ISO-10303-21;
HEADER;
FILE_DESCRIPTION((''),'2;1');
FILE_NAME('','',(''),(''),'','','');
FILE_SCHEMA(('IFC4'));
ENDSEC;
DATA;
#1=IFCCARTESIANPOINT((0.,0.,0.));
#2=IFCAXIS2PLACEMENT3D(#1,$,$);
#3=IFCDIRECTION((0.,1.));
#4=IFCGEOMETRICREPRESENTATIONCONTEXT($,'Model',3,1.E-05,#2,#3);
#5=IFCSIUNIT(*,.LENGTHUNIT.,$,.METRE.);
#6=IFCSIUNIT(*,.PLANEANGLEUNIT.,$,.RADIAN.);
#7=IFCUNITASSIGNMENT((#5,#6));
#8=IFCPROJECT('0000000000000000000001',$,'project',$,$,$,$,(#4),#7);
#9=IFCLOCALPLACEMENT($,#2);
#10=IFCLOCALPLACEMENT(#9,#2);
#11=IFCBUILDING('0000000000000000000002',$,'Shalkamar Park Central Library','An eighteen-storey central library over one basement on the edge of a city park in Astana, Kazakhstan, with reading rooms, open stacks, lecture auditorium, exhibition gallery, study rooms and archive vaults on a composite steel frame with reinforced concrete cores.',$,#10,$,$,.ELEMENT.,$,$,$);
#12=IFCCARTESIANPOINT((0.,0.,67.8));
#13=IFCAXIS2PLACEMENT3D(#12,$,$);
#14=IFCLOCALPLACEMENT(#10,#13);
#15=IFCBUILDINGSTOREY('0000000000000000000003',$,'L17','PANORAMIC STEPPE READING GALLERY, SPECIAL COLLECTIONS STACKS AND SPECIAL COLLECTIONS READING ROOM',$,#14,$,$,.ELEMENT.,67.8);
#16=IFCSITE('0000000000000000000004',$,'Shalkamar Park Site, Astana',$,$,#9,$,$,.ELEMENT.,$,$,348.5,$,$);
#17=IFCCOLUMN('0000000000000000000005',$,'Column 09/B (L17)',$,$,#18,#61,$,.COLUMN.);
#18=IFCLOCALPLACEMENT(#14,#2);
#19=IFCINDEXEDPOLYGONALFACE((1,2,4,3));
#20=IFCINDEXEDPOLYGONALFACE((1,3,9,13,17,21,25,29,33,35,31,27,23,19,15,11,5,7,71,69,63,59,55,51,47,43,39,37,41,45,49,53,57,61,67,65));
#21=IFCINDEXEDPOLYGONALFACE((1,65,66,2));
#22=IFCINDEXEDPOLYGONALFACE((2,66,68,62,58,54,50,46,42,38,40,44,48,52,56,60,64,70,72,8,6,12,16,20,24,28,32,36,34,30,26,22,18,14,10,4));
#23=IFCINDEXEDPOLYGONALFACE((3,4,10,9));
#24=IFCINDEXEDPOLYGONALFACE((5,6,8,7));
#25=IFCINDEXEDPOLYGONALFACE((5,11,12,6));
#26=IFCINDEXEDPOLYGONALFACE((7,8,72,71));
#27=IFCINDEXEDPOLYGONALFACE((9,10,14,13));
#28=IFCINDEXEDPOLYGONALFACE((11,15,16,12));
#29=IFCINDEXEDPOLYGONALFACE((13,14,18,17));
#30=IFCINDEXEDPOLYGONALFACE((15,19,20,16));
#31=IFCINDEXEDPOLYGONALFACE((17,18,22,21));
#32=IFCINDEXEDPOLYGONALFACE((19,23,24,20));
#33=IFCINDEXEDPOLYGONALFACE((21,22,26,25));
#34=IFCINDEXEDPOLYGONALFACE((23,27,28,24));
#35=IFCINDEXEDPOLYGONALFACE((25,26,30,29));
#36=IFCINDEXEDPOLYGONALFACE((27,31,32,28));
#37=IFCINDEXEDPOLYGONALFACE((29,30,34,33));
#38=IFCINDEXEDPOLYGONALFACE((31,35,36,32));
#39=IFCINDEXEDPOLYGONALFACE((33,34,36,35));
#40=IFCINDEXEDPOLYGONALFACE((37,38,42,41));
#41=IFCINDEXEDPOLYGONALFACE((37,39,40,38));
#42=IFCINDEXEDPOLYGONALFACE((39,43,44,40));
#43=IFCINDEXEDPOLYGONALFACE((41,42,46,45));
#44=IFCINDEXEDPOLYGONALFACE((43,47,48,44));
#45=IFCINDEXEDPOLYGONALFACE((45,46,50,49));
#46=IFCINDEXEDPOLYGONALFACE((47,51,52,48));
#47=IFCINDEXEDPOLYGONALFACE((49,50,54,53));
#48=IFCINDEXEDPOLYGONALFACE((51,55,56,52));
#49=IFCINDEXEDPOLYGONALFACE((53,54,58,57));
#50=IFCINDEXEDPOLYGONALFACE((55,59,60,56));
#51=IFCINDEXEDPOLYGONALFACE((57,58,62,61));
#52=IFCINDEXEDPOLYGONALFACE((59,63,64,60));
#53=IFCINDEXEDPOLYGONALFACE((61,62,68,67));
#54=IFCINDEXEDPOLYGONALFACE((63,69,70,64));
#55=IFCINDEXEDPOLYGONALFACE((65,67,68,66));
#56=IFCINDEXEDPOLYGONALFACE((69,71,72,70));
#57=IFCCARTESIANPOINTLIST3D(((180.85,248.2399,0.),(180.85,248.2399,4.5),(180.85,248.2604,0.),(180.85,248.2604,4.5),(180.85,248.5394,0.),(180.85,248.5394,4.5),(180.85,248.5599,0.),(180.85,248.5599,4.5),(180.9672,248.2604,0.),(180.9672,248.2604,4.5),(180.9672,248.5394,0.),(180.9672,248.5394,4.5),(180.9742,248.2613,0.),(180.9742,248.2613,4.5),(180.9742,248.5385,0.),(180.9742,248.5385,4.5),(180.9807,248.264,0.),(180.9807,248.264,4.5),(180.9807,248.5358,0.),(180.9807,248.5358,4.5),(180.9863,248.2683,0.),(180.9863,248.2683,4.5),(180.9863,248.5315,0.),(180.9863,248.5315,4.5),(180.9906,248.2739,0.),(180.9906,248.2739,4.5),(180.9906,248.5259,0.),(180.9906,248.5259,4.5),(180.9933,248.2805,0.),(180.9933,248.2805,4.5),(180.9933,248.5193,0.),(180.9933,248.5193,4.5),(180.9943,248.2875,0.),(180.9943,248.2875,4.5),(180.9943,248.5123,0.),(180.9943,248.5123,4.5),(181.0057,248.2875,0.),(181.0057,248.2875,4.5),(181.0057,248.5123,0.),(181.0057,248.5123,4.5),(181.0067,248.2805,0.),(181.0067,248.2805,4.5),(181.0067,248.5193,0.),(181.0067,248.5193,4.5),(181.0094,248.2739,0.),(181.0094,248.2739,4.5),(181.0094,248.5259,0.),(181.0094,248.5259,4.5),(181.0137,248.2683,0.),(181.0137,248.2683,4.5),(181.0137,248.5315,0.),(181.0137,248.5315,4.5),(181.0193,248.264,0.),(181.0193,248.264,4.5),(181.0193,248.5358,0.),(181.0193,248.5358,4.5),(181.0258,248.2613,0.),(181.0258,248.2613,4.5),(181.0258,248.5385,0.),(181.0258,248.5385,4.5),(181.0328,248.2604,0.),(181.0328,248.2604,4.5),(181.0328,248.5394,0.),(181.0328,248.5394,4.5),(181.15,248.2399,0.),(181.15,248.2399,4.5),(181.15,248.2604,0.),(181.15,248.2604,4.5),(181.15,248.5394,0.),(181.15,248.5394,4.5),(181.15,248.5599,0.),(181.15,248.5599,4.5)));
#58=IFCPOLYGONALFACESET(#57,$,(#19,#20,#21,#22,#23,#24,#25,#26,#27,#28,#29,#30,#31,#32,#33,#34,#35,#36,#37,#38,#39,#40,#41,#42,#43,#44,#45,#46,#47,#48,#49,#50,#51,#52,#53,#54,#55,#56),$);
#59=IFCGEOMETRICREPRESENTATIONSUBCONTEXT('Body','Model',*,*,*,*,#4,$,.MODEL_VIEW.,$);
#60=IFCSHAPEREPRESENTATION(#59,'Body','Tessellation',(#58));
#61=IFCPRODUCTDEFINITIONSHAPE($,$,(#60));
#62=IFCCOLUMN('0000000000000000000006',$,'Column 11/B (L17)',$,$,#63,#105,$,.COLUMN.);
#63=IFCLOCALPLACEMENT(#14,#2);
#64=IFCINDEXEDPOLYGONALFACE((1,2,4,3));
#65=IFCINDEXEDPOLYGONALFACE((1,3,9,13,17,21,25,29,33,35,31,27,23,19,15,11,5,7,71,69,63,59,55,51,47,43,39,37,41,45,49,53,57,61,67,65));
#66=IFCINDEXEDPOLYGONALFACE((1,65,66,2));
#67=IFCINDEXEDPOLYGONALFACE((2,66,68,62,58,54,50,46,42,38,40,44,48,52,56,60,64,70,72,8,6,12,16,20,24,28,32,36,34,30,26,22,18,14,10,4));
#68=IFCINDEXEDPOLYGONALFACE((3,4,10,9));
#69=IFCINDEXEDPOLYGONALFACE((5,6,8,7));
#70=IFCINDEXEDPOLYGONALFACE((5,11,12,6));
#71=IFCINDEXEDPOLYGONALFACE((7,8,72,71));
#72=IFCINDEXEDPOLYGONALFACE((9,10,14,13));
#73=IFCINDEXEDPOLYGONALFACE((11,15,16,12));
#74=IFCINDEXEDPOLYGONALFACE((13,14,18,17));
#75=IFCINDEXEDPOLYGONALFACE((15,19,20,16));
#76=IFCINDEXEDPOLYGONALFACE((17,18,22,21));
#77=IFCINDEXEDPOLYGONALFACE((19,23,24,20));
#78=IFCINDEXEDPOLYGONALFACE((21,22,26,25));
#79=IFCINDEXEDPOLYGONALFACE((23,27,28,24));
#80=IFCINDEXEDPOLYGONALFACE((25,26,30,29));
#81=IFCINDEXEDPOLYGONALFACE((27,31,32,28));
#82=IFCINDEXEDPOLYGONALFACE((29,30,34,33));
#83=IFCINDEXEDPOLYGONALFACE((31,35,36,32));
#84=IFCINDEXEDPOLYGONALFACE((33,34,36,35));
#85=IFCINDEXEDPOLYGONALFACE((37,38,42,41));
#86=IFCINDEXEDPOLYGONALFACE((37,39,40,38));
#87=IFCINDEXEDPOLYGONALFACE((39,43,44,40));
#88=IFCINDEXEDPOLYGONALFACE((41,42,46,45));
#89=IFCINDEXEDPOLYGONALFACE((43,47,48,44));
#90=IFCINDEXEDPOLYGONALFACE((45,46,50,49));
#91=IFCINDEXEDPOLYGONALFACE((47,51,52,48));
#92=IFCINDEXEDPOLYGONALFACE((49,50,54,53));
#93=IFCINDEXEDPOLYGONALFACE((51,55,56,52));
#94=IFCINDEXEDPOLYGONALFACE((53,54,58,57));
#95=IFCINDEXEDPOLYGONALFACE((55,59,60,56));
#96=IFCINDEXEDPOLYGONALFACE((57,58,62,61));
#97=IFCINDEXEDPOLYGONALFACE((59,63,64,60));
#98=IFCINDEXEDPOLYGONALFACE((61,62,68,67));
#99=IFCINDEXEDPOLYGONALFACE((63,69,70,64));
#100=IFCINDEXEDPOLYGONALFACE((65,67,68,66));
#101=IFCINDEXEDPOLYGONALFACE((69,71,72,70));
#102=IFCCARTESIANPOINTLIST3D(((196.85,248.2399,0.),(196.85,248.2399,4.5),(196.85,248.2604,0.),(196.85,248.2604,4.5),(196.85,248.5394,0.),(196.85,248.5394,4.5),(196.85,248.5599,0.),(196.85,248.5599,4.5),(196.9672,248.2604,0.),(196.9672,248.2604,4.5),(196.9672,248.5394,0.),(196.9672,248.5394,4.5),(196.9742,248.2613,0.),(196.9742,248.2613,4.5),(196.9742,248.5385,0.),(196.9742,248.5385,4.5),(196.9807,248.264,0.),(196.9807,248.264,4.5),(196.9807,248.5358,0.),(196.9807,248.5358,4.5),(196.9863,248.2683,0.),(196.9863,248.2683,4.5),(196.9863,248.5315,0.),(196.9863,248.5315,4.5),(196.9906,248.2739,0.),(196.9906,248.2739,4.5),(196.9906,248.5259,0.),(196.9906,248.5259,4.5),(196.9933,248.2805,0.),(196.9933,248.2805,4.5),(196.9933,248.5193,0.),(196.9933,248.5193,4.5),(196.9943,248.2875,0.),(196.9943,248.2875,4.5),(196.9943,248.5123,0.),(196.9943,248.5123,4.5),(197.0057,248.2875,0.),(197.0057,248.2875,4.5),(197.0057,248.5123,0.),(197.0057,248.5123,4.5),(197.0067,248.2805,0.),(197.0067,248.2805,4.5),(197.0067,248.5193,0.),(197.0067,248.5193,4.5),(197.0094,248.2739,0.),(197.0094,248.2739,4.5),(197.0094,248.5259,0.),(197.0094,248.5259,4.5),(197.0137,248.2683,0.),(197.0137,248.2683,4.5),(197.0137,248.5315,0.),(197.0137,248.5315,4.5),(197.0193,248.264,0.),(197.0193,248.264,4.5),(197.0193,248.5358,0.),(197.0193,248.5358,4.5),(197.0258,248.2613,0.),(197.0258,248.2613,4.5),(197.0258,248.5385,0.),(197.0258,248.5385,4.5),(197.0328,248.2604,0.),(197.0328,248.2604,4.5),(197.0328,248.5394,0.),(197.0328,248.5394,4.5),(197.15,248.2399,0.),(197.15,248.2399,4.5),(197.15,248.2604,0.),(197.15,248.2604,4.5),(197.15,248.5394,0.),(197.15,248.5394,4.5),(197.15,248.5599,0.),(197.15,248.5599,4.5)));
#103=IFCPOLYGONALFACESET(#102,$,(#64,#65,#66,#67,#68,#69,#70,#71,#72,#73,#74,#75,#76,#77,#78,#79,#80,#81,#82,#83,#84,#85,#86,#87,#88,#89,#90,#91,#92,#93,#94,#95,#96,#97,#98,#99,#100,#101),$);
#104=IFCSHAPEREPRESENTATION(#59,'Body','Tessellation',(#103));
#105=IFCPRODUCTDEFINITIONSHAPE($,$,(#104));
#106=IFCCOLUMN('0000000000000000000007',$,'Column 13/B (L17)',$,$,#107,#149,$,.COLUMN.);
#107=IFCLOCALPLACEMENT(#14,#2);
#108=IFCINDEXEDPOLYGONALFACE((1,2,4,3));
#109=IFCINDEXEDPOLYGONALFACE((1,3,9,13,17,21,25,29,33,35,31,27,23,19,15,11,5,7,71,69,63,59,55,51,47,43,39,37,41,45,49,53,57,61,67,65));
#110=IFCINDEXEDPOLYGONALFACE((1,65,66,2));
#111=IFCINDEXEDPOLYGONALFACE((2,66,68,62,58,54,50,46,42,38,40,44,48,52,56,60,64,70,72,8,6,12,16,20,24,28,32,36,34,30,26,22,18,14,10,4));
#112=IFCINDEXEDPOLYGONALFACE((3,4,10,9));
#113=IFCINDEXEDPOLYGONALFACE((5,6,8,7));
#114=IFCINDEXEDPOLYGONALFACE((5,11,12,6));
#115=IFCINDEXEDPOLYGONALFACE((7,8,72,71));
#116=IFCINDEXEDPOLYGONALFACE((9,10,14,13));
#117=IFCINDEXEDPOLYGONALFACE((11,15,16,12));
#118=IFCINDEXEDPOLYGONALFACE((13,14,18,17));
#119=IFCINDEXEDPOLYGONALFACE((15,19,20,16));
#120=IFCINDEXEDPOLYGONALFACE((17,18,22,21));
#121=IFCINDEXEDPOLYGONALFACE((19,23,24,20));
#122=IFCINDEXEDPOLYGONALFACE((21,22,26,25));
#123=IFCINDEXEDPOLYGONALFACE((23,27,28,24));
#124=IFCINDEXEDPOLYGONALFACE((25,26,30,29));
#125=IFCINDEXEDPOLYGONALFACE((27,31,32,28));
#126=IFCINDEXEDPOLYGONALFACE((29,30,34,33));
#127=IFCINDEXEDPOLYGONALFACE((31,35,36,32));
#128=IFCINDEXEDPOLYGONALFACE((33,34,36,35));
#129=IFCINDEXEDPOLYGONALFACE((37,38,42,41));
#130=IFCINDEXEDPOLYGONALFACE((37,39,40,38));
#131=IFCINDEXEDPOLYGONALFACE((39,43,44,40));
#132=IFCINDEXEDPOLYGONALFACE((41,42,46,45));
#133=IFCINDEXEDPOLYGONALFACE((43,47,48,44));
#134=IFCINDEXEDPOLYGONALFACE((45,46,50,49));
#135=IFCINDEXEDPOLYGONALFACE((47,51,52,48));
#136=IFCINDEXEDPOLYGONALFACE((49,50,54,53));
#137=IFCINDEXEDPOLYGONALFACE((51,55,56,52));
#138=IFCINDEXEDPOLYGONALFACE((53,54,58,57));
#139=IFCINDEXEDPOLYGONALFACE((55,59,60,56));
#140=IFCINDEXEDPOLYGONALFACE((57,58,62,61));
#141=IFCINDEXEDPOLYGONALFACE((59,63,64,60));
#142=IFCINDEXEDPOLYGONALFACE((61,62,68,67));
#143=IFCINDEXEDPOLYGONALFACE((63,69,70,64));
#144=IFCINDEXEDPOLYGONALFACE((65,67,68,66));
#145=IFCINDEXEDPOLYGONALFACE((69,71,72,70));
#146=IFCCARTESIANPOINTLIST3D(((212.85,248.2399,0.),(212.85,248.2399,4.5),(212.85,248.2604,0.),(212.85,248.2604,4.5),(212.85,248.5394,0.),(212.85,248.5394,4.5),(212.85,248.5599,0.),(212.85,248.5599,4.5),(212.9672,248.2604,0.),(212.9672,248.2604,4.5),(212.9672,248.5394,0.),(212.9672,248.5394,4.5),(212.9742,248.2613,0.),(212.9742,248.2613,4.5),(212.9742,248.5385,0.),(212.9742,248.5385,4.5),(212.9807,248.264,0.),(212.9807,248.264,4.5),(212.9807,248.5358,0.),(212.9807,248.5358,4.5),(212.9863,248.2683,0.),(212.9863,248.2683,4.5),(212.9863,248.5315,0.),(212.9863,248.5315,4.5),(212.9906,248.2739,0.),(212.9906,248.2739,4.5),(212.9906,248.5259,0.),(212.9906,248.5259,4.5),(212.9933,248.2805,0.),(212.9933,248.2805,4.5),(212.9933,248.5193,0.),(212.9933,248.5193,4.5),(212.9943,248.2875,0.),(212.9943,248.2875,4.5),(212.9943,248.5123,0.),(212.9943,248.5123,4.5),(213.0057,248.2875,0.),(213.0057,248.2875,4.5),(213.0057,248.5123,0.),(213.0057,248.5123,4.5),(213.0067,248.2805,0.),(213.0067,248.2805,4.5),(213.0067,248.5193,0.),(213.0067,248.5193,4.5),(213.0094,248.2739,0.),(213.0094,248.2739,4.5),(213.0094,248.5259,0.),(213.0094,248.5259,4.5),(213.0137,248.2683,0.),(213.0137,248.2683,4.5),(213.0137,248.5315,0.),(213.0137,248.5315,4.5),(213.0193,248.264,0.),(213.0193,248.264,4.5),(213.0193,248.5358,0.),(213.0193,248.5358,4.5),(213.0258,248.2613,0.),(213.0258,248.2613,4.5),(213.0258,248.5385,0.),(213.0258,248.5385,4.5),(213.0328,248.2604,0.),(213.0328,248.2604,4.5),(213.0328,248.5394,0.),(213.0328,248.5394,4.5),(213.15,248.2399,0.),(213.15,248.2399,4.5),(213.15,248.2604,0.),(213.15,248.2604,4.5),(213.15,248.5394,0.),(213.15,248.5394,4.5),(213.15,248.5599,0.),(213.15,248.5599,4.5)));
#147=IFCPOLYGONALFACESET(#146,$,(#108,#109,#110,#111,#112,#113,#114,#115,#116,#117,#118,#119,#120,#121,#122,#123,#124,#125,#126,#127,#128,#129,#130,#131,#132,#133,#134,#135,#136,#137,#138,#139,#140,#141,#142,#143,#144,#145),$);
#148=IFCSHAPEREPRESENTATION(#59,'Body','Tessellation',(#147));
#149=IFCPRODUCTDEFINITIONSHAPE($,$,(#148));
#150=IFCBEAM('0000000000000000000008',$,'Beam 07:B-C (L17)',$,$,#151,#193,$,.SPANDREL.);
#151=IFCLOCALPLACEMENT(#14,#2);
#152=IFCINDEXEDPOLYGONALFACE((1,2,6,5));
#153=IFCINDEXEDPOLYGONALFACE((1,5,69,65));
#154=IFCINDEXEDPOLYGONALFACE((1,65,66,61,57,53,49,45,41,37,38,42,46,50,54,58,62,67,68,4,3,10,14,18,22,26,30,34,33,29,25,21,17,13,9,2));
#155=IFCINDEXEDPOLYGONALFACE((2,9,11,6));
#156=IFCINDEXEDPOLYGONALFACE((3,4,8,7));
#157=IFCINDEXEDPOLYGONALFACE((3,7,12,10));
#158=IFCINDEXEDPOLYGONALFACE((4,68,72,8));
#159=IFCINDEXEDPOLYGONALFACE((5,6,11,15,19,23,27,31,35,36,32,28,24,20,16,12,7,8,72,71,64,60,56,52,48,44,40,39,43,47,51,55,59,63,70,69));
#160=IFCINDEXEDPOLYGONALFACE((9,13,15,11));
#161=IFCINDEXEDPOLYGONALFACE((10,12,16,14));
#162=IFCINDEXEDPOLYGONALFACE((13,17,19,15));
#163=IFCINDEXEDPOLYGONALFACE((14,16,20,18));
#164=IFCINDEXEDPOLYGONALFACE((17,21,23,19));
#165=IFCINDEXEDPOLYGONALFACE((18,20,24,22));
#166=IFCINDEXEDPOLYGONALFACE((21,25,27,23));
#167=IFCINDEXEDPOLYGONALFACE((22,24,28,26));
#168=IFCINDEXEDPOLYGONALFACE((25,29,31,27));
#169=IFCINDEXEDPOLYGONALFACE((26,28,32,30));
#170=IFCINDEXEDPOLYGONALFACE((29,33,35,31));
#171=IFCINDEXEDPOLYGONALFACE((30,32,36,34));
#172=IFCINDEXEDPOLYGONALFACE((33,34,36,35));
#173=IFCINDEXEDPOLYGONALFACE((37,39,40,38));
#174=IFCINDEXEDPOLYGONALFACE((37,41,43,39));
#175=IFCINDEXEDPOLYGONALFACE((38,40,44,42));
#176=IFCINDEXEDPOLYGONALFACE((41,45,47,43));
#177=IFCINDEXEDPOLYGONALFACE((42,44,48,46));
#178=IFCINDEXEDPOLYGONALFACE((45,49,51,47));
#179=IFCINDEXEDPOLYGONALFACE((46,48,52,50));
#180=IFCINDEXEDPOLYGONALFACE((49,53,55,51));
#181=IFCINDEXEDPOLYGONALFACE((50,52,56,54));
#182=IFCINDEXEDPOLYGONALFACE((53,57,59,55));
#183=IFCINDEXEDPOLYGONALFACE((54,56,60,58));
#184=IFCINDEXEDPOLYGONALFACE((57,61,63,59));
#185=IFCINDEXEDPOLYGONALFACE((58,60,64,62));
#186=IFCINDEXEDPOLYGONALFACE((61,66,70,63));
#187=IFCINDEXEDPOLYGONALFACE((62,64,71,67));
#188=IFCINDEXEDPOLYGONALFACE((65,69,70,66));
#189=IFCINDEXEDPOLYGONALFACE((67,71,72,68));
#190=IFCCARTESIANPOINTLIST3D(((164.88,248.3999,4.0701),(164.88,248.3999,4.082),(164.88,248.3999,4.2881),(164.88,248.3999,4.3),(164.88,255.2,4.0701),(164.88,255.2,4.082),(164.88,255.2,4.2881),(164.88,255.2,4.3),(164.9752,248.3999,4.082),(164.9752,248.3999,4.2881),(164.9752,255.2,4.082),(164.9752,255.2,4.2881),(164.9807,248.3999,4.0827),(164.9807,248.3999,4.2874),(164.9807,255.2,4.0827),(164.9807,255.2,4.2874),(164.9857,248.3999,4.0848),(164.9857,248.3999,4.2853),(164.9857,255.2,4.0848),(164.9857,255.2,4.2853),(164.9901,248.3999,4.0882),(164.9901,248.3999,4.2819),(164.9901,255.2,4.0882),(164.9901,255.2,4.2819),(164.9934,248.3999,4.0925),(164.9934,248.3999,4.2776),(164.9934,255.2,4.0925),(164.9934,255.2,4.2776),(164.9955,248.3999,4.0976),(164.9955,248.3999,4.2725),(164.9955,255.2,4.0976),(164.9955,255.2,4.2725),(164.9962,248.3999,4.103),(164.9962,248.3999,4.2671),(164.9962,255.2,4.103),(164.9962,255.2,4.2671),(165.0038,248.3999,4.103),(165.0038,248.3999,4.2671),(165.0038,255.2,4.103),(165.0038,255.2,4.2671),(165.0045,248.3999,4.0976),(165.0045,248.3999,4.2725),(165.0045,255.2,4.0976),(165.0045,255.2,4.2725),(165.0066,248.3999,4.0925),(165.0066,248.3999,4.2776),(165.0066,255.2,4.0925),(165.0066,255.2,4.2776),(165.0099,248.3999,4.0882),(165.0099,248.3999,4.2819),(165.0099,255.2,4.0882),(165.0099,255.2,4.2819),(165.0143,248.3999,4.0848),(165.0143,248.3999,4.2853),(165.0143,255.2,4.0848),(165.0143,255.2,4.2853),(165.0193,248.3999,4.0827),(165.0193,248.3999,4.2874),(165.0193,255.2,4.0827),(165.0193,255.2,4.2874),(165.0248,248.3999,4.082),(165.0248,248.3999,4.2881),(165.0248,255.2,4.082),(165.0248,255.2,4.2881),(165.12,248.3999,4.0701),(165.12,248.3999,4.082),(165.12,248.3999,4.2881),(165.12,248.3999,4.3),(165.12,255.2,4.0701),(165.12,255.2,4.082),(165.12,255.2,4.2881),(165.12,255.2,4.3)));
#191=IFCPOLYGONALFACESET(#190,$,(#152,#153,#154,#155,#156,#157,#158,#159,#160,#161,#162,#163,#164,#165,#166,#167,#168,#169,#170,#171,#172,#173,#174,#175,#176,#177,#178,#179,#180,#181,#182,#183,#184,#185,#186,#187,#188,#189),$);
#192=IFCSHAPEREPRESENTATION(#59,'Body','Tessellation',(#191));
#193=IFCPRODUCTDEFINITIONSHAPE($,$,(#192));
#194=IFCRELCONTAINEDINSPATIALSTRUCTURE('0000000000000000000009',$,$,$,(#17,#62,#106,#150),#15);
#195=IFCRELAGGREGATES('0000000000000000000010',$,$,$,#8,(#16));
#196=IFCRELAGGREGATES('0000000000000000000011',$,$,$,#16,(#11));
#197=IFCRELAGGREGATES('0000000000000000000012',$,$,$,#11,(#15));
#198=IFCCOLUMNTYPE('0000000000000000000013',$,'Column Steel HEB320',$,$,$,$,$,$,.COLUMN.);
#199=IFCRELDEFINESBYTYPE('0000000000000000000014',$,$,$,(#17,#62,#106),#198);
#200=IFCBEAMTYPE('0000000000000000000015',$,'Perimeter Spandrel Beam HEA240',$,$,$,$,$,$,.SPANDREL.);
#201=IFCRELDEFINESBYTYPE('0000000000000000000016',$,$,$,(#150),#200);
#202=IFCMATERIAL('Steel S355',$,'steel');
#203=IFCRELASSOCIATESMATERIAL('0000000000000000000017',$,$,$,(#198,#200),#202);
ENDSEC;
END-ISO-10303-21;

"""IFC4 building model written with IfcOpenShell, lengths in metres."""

from ifc_helpers import new_model, si_unit, direction, frame, origin, origin_2d, place, context, subcontext, project, spatial, i_section, extrude, material, material_profile, profile_set, type_object, element, save


model = new_model("IFC4")

# Units and contexts
model_context = context("Model", 3, precision=1e-05, world=origin(), true_north=direction((0.0, 1.0)))
body_context = subcontext(model_context, "Body", "Model", "MODEL_VIEW")
ifc_project = project(units=[si_unit("LENGTHUNIT", "METRE"), si_unit("PLANEANGLEUNIT", "RADIAN")], contexts=[model_context])

# Site, building, storey
site_placement = place(None, origin())
site = spatial("IfcSite", under=ifc_project, at=site_placement, Name="Shalkamar Park Site, Astana", CompositionType="ELEMENT", RefElevation=348.5)
building_placement = place(site_placement, origin())
building = spatial("IfcBuilding", under=site, at=building_placement, Name="Shalkamar Park Central Library", Description="An eighteen-storey central library over one basement on the edge of a city park in Astana, Kazakhstan, with reading rooms, open stacks, lecture auditorium, exhibition gallery, study rooms and archive vaults on a composite steel frame with reinforced concrete cores.", CompositionType="ELEMENT")
storey_placement = place(building_placement, frame((0.0, 0.0, 67.8)))
storey = spatial("IfcBuildingStorey", under=building, at=storey_placement, Name="L17", Description="PANORAMIC STEPPE READING GALLERY, SPECIAL COLLECTIONS STACKS AND SPECIAL COLLECTIONS READING ROOM", CompositionType="ELEMENT", Elevation=67.8)

# Columns
ifc_material_1 = material(Name="Steel S355", Category="steel")
ifc_material_profile_1 = material_profile(ifc_material_1, i_section(OverallWidth=0.3, OverallDepth=0.3201, WebThickness=0.0115, FlangeThickness=0.0205, FilletRadius=0.0271, at=origin_2d()), Name="HEB 320")
ifc_profile_set_1 = profile_set([ifc_material_profile_1], Name="Steel S355")
column_type_1 = type_object("IfcColumnType", Name="Column Steel HEB320", PredefinedType="COLUMN", material=ifc_profile_set_1)
for number, where, z_axis, x_axis, name in (
    (1, (181.0, 248.3999, 0.0), (0.0, 0.0, 1.0), (1.0, 0.0, 0.0), "Column 09/B (L17)"),
    (2, (197.0, 248.3999, 0.0), (0.0, 0.0, 1.0), (1.0, 0.0, 0.0), "Column 11/B (L17)"),
    (3, (213.0, 248.3999, 0.0), (0.0, 0.0, 1.0), (1.0, 0.0, 0.0), "Column 13/B (L17)"),
):
    element("IfcColumn", number, at=place(storey_placement, frame(where, z_axis=z_axis, x_axis=x_axis)), inside=storey, type_object=column_type_1, Name=name, PredefinedType="COLUMN", context=body_context, shape_type="SweptSolid", body=[
        extrude(i_section(OverallWidth=0.3, OverallDepth=0.3201, WebThickness=0.0115, FlangeThickness=0.0205, FilletRadius=0.0271, at=origin_2d()), origin(), (0.0, 0.0, 1.0), 4.5),
    ])

# Beam
ifc_material_profile_2 = material_profile(ifc_material_1, i_section(OverallWidth=0.24, OverallDepth=0.23, WebThickness=0.0076, FlangeThickness=0.012, FilletRadius=0.021, at=origin_2d()), Name="HEA 240")
ifc_profile_set_2 = profile_set([ifc_material_profile_2], Name="Steel S355")
beam_type_1 = type_object("IfcBeamType", Name="Perimeter Spandrel Beam HEA240", PredefinedType="SPANDREL", material=ifc_profile_set_2)
beam_placement = place(storey_placement, frame((165.0, 248.3999, 4.1851), z_axis=(0.0, 1.0, 0.0), x_axis=(-1.0, 0.0, 0.0)))
element("IfcBeam", 4, at=beam_placement, inside=storey, type_object=beam_type_1, Name="Beam 07:B-C (L17)", PredefinedType="SPANDREL", context=body_context, shape_type="SweptSolid", body=[
    extrude(i_section(OverallWidth=0.24, OverallDepth=0.23, WebThickness=0.0076, FlangeThickness=0.012, FilletRadius=0.021, at=origin_2d()), origin(), (0.0, 0.0, 1.0), 6.8),
])

save(model, "model.ifc")
